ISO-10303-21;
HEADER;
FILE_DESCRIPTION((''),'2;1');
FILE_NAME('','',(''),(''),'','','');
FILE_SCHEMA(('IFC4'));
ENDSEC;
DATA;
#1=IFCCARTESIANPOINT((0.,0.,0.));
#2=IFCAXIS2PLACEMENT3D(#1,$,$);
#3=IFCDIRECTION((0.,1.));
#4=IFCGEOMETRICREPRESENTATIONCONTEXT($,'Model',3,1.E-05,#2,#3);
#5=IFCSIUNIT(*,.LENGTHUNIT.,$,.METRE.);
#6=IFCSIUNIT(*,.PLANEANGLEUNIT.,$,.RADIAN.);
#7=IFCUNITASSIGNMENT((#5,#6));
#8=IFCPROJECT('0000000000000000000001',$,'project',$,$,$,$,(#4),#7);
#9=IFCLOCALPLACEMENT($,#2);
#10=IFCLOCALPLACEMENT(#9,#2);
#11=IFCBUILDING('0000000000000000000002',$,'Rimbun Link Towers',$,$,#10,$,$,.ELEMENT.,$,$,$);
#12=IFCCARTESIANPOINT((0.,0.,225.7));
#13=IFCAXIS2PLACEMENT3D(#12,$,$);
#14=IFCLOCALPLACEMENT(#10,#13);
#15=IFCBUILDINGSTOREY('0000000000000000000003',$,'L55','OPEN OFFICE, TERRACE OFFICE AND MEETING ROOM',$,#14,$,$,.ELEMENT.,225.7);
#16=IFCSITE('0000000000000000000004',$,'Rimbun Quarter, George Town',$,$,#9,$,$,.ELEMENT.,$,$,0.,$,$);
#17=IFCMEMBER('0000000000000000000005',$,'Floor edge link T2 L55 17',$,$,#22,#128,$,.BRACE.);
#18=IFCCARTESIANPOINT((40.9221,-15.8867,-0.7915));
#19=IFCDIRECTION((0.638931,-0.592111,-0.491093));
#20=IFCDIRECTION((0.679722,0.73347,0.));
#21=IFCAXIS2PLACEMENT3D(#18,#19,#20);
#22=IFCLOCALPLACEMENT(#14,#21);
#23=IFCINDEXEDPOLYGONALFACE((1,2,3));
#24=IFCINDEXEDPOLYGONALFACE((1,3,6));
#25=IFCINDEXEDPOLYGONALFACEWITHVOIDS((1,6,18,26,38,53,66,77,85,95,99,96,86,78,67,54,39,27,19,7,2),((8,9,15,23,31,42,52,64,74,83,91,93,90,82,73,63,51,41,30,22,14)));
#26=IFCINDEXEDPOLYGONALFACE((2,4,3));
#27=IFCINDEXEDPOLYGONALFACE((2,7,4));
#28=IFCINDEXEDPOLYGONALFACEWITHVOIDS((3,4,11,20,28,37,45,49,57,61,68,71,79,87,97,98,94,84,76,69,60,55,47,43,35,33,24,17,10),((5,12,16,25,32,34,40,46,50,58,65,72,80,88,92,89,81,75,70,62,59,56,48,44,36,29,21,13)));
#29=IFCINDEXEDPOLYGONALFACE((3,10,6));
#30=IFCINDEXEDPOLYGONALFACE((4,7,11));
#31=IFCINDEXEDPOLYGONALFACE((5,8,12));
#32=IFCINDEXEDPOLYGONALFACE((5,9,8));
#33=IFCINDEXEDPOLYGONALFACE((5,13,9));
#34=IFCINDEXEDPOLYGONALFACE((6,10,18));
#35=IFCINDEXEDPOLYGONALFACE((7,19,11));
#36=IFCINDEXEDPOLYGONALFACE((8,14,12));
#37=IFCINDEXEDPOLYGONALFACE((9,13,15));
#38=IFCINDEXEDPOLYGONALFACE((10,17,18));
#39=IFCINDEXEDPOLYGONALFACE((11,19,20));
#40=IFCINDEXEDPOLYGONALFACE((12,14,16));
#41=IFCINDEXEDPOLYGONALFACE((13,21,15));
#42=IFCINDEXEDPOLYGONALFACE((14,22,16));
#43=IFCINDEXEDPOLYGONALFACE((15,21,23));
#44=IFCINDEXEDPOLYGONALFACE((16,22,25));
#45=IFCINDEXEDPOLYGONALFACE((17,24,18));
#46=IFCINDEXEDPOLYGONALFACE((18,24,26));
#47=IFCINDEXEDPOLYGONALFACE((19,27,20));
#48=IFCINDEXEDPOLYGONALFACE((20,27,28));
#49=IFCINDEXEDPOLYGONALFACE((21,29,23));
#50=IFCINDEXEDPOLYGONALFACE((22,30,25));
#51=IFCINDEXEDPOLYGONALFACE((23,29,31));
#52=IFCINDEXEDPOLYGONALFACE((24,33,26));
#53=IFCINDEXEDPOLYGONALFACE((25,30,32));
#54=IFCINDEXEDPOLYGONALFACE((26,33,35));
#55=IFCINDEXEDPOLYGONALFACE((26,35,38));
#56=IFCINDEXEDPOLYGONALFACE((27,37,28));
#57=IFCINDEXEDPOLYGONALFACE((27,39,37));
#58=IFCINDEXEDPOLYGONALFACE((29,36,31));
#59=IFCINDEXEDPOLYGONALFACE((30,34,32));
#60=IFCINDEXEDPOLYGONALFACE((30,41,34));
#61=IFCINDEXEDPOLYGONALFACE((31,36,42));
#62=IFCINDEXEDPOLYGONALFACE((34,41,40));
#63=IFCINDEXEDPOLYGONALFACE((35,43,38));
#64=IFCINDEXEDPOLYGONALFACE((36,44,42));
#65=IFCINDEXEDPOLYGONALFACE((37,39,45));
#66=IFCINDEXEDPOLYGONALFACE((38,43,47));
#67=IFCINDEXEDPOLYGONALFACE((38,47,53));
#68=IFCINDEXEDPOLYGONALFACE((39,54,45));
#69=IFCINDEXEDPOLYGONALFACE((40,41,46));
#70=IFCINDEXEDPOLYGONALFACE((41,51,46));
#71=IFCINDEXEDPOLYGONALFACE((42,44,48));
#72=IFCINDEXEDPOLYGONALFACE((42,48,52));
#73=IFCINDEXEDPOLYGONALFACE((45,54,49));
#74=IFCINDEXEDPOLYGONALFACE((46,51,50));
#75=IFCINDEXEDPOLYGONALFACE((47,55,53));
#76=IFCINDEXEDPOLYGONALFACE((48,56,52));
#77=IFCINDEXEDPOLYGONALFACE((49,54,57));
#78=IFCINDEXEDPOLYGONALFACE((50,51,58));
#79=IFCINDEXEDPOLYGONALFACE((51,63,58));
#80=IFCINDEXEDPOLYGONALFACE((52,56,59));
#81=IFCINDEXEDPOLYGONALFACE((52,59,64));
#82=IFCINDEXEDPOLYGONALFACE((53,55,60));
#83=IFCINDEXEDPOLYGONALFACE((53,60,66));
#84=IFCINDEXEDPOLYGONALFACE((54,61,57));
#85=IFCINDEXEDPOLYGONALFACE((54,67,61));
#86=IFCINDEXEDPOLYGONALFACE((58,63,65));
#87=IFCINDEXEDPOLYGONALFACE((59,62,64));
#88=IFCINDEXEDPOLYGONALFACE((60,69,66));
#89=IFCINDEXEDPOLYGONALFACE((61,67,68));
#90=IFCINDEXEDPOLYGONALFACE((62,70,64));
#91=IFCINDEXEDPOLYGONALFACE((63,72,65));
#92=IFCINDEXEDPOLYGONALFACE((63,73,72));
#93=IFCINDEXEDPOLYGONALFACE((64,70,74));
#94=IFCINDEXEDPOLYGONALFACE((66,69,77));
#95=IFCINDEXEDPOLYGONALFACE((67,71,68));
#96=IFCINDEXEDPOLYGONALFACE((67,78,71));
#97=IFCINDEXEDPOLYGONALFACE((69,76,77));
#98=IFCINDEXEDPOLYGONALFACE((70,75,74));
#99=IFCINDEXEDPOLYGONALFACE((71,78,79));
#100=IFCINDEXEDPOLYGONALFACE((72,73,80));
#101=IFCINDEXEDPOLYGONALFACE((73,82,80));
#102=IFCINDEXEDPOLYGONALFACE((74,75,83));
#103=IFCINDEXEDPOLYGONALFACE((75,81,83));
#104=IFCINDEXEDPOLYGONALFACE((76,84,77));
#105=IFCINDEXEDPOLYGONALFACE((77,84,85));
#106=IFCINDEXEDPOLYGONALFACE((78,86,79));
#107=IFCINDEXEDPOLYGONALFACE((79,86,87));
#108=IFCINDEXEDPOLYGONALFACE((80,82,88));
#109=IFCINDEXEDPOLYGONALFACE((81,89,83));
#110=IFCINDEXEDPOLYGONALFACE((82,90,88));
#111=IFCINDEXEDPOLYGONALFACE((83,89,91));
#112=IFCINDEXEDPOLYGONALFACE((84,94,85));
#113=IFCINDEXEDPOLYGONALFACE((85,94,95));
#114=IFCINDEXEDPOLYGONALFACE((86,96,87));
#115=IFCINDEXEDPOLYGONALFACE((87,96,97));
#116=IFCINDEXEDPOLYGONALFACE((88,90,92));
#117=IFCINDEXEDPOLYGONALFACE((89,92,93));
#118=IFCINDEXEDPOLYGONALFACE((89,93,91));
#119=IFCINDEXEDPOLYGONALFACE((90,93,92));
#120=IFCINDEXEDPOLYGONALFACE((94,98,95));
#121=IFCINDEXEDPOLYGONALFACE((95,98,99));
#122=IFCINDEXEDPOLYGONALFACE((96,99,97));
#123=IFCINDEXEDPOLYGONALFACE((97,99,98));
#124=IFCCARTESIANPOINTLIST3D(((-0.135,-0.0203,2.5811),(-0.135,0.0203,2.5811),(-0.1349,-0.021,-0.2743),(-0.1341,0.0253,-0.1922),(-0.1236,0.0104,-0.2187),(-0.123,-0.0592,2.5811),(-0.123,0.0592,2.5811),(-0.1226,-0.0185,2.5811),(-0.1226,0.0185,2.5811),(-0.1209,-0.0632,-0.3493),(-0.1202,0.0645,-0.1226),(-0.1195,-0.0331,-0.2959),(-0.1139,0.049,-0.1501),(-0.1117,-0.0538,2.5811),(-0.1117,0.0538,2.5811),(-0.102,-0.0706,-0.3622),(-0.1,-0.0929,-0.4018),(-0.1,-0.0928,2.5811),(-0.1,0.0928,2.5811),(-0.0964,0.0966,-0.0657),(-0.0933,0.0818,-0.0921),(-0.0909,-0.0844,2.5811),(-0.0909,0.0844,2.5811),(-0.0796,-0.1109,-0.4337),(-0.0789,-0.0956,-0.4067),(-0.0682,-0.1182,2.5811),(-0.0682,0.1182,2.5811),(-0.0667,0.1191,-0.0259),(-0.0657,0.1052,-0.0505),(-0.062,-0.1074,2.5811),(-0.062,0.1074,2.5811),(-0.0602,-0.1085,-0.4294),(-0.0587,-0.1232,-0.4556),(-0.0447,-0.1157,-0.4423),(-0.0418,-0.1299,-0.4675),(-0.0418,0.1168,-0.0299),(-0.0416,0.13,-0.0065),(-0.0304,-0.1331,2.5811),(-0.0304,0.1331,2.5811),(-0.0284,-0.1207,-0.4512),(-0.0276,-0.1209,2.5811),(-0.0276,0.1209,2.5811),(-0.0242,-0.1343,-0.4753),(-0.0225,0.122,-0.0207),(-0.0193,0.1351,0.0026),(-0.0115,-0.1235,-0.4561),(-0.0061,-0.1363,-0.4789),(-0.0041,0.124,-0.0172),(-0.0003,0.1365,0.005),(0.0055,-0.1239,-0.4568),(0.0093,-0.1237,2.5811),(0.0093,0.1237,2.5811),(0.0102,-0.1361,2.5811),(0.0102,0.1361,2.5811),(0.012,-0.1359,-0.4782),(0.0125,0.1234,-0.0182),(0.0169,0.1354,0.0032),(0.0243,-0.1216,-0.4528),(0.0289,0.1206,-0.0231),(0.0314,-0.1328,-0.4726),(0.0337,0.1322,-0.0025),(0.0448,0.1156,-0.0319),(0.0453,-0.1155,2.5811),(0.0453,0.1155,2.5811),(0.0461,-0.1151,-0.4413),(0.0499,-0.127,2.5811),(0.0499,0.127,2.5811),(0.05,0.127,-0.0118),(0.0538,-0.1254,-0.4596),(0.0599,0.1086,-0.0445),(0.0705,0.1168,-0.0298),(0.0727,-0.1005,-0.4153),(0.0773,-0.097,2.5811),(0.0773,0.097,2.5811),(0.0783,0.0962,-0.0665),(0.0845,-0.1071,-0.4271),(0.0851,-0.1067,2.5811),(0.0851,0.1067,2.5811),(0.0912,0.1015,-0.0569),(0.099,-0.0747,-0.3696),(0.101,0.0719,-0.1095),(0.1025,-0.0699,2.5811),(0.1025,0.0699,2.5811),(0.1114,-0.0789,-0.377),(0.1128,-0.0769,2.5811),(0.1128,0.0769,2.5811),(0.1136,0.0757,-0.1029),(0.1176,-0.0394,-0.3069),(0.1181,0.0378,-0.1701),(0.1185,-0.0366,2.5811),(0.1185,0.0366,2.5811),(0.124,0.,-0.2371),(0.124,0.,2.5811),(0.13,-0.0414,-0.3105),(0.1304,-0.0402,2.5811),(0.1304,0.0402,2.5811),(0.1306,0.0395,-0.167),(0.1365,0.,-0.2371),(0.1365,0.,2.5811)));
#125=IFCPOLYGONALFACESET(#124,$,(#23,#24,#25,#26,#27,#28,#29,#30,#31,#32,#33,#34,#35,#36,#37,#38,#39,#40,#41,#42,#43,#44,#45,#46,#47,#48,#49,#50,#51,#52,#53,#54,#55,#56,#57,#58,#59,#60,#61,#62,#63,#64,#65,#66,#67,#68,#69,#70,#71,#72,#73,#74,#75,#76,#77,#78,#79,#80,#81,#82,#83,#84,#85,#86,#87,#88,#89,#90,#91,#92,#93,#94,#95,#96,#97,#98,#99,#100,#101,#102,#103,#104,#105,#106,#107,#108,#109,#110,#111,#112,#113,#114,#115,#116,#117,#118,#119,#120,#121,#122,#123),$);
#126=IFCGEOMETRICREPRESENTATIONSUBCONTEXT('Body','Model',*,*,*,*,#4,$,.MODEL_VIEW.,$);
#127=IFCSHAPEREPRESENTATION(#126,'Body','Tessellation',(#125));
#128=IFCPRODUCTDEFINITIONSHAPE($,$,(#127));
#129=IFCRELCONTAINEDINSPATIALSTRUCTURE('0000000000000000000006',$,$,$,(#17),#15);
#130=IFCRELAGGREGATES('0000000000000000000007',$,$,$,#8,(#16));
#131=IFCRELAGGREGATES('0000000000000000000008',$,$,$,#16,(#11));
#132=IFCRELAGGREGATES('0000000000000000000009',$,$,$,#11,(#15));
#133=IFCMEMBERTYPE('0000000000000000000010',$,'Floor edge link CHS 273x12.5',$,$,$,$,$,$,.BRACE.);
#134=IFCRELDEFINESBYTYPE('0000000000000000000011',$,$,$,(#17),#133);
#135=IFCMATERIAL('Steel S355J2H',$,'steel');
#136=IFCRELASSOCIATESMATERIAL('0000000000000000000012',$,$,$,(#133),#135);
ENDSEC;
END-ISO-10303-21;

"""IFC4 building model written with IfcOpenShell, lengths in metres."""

from ifc_helpers import new_model, si_unit, direction, frame, origin, origin_2d, place, context, subcontext, project, spatial, hollow_circle, extrude, clip, halfspace, material, material_profile, profile_set, type_object, element, save


model = new_model("IFC4")

# Units and contexts
model_context = context("Model", 3, precision=1e-05, world=origin(), true_north=direction((0.0, 1.0)))
body_context = subcontext(model_context, "Body", "Model", "MODEL_VIEW")
ifc_project = project(units=[si_unit("LENGTHUNIT", "METRE"), si_unit("PLANEANGLEUNIT", "RADIAN")], contexts=[model_context])

# Site, building, storey
site_placement = place(None, origin())
site = spatial("IfcSite", under=ifc_project, at=site_placement, Name="Rimbun Quarter, George Town", CompositionType="ELEMENT", RefElevation=0.0)
building_placement = place(site_placement, origin())
building = spatial("IfcBuilding", under=site, at=building_placement, Name="Rimbun Link Towers", CompositionType="ELEMENT")
storey_placement = place(building_placement, frame((0.0, 0.0, 225.7)))
storey = spatial("IfcBuildingStorey", under=building, at=storey_placement, Name="L55", Description="OPEN OFFICE, TERRACE OFFICE AND MEETING ROOM", CompositionType="ELEMENT", Elevation=225.7)

# Member
ifc_material_1 = material(Name="Steel S355J2H", Category="steel")
ifc_material_profile_1 = material_profile(ifc_material_1, hollow_circle(Radius=0.1365, WallThickness=0.0125, at=origin_2d()), Name="CHS 273x12.5")
ifc_profile_set_1 = profile_set([ifc_material_profile_1], Name="Steel S355J2H")
member_type = type_object("IfcMemberType", Name="Floor edge link CHS 273x12.5", PredefinedType="BRACE", material=ifc_profile_set_1)
member_1_placement = place(storey_placement, frame((40.9221, -15.8867, -0.7915), z_axis=(0.638931, -0.592111, -0.491093), x_axis=(0.679722, 0.73347, 0.0)))
element("IfcMember", 1, at=member_1_placement, inside=storey, type_object=member_type, Name="Floor edge link T2 L55 17", PredefinedType="BRACE", context=body_context, shape_type="Clipping", body=[
    clip(extrude(hollow_circle(Radius=0.1365, WallThickness=0.0125, at=origin_2d()), frame((0.0, 0.0, -0.5046)), (0.0, 0.0, 1.0), 3.0857), halfspace(frame((0.0, 0.0, -0.2371), z_axis=(0.0, 0.871107, -0.491093)), False)),
])

save(model, "model.ifc")
